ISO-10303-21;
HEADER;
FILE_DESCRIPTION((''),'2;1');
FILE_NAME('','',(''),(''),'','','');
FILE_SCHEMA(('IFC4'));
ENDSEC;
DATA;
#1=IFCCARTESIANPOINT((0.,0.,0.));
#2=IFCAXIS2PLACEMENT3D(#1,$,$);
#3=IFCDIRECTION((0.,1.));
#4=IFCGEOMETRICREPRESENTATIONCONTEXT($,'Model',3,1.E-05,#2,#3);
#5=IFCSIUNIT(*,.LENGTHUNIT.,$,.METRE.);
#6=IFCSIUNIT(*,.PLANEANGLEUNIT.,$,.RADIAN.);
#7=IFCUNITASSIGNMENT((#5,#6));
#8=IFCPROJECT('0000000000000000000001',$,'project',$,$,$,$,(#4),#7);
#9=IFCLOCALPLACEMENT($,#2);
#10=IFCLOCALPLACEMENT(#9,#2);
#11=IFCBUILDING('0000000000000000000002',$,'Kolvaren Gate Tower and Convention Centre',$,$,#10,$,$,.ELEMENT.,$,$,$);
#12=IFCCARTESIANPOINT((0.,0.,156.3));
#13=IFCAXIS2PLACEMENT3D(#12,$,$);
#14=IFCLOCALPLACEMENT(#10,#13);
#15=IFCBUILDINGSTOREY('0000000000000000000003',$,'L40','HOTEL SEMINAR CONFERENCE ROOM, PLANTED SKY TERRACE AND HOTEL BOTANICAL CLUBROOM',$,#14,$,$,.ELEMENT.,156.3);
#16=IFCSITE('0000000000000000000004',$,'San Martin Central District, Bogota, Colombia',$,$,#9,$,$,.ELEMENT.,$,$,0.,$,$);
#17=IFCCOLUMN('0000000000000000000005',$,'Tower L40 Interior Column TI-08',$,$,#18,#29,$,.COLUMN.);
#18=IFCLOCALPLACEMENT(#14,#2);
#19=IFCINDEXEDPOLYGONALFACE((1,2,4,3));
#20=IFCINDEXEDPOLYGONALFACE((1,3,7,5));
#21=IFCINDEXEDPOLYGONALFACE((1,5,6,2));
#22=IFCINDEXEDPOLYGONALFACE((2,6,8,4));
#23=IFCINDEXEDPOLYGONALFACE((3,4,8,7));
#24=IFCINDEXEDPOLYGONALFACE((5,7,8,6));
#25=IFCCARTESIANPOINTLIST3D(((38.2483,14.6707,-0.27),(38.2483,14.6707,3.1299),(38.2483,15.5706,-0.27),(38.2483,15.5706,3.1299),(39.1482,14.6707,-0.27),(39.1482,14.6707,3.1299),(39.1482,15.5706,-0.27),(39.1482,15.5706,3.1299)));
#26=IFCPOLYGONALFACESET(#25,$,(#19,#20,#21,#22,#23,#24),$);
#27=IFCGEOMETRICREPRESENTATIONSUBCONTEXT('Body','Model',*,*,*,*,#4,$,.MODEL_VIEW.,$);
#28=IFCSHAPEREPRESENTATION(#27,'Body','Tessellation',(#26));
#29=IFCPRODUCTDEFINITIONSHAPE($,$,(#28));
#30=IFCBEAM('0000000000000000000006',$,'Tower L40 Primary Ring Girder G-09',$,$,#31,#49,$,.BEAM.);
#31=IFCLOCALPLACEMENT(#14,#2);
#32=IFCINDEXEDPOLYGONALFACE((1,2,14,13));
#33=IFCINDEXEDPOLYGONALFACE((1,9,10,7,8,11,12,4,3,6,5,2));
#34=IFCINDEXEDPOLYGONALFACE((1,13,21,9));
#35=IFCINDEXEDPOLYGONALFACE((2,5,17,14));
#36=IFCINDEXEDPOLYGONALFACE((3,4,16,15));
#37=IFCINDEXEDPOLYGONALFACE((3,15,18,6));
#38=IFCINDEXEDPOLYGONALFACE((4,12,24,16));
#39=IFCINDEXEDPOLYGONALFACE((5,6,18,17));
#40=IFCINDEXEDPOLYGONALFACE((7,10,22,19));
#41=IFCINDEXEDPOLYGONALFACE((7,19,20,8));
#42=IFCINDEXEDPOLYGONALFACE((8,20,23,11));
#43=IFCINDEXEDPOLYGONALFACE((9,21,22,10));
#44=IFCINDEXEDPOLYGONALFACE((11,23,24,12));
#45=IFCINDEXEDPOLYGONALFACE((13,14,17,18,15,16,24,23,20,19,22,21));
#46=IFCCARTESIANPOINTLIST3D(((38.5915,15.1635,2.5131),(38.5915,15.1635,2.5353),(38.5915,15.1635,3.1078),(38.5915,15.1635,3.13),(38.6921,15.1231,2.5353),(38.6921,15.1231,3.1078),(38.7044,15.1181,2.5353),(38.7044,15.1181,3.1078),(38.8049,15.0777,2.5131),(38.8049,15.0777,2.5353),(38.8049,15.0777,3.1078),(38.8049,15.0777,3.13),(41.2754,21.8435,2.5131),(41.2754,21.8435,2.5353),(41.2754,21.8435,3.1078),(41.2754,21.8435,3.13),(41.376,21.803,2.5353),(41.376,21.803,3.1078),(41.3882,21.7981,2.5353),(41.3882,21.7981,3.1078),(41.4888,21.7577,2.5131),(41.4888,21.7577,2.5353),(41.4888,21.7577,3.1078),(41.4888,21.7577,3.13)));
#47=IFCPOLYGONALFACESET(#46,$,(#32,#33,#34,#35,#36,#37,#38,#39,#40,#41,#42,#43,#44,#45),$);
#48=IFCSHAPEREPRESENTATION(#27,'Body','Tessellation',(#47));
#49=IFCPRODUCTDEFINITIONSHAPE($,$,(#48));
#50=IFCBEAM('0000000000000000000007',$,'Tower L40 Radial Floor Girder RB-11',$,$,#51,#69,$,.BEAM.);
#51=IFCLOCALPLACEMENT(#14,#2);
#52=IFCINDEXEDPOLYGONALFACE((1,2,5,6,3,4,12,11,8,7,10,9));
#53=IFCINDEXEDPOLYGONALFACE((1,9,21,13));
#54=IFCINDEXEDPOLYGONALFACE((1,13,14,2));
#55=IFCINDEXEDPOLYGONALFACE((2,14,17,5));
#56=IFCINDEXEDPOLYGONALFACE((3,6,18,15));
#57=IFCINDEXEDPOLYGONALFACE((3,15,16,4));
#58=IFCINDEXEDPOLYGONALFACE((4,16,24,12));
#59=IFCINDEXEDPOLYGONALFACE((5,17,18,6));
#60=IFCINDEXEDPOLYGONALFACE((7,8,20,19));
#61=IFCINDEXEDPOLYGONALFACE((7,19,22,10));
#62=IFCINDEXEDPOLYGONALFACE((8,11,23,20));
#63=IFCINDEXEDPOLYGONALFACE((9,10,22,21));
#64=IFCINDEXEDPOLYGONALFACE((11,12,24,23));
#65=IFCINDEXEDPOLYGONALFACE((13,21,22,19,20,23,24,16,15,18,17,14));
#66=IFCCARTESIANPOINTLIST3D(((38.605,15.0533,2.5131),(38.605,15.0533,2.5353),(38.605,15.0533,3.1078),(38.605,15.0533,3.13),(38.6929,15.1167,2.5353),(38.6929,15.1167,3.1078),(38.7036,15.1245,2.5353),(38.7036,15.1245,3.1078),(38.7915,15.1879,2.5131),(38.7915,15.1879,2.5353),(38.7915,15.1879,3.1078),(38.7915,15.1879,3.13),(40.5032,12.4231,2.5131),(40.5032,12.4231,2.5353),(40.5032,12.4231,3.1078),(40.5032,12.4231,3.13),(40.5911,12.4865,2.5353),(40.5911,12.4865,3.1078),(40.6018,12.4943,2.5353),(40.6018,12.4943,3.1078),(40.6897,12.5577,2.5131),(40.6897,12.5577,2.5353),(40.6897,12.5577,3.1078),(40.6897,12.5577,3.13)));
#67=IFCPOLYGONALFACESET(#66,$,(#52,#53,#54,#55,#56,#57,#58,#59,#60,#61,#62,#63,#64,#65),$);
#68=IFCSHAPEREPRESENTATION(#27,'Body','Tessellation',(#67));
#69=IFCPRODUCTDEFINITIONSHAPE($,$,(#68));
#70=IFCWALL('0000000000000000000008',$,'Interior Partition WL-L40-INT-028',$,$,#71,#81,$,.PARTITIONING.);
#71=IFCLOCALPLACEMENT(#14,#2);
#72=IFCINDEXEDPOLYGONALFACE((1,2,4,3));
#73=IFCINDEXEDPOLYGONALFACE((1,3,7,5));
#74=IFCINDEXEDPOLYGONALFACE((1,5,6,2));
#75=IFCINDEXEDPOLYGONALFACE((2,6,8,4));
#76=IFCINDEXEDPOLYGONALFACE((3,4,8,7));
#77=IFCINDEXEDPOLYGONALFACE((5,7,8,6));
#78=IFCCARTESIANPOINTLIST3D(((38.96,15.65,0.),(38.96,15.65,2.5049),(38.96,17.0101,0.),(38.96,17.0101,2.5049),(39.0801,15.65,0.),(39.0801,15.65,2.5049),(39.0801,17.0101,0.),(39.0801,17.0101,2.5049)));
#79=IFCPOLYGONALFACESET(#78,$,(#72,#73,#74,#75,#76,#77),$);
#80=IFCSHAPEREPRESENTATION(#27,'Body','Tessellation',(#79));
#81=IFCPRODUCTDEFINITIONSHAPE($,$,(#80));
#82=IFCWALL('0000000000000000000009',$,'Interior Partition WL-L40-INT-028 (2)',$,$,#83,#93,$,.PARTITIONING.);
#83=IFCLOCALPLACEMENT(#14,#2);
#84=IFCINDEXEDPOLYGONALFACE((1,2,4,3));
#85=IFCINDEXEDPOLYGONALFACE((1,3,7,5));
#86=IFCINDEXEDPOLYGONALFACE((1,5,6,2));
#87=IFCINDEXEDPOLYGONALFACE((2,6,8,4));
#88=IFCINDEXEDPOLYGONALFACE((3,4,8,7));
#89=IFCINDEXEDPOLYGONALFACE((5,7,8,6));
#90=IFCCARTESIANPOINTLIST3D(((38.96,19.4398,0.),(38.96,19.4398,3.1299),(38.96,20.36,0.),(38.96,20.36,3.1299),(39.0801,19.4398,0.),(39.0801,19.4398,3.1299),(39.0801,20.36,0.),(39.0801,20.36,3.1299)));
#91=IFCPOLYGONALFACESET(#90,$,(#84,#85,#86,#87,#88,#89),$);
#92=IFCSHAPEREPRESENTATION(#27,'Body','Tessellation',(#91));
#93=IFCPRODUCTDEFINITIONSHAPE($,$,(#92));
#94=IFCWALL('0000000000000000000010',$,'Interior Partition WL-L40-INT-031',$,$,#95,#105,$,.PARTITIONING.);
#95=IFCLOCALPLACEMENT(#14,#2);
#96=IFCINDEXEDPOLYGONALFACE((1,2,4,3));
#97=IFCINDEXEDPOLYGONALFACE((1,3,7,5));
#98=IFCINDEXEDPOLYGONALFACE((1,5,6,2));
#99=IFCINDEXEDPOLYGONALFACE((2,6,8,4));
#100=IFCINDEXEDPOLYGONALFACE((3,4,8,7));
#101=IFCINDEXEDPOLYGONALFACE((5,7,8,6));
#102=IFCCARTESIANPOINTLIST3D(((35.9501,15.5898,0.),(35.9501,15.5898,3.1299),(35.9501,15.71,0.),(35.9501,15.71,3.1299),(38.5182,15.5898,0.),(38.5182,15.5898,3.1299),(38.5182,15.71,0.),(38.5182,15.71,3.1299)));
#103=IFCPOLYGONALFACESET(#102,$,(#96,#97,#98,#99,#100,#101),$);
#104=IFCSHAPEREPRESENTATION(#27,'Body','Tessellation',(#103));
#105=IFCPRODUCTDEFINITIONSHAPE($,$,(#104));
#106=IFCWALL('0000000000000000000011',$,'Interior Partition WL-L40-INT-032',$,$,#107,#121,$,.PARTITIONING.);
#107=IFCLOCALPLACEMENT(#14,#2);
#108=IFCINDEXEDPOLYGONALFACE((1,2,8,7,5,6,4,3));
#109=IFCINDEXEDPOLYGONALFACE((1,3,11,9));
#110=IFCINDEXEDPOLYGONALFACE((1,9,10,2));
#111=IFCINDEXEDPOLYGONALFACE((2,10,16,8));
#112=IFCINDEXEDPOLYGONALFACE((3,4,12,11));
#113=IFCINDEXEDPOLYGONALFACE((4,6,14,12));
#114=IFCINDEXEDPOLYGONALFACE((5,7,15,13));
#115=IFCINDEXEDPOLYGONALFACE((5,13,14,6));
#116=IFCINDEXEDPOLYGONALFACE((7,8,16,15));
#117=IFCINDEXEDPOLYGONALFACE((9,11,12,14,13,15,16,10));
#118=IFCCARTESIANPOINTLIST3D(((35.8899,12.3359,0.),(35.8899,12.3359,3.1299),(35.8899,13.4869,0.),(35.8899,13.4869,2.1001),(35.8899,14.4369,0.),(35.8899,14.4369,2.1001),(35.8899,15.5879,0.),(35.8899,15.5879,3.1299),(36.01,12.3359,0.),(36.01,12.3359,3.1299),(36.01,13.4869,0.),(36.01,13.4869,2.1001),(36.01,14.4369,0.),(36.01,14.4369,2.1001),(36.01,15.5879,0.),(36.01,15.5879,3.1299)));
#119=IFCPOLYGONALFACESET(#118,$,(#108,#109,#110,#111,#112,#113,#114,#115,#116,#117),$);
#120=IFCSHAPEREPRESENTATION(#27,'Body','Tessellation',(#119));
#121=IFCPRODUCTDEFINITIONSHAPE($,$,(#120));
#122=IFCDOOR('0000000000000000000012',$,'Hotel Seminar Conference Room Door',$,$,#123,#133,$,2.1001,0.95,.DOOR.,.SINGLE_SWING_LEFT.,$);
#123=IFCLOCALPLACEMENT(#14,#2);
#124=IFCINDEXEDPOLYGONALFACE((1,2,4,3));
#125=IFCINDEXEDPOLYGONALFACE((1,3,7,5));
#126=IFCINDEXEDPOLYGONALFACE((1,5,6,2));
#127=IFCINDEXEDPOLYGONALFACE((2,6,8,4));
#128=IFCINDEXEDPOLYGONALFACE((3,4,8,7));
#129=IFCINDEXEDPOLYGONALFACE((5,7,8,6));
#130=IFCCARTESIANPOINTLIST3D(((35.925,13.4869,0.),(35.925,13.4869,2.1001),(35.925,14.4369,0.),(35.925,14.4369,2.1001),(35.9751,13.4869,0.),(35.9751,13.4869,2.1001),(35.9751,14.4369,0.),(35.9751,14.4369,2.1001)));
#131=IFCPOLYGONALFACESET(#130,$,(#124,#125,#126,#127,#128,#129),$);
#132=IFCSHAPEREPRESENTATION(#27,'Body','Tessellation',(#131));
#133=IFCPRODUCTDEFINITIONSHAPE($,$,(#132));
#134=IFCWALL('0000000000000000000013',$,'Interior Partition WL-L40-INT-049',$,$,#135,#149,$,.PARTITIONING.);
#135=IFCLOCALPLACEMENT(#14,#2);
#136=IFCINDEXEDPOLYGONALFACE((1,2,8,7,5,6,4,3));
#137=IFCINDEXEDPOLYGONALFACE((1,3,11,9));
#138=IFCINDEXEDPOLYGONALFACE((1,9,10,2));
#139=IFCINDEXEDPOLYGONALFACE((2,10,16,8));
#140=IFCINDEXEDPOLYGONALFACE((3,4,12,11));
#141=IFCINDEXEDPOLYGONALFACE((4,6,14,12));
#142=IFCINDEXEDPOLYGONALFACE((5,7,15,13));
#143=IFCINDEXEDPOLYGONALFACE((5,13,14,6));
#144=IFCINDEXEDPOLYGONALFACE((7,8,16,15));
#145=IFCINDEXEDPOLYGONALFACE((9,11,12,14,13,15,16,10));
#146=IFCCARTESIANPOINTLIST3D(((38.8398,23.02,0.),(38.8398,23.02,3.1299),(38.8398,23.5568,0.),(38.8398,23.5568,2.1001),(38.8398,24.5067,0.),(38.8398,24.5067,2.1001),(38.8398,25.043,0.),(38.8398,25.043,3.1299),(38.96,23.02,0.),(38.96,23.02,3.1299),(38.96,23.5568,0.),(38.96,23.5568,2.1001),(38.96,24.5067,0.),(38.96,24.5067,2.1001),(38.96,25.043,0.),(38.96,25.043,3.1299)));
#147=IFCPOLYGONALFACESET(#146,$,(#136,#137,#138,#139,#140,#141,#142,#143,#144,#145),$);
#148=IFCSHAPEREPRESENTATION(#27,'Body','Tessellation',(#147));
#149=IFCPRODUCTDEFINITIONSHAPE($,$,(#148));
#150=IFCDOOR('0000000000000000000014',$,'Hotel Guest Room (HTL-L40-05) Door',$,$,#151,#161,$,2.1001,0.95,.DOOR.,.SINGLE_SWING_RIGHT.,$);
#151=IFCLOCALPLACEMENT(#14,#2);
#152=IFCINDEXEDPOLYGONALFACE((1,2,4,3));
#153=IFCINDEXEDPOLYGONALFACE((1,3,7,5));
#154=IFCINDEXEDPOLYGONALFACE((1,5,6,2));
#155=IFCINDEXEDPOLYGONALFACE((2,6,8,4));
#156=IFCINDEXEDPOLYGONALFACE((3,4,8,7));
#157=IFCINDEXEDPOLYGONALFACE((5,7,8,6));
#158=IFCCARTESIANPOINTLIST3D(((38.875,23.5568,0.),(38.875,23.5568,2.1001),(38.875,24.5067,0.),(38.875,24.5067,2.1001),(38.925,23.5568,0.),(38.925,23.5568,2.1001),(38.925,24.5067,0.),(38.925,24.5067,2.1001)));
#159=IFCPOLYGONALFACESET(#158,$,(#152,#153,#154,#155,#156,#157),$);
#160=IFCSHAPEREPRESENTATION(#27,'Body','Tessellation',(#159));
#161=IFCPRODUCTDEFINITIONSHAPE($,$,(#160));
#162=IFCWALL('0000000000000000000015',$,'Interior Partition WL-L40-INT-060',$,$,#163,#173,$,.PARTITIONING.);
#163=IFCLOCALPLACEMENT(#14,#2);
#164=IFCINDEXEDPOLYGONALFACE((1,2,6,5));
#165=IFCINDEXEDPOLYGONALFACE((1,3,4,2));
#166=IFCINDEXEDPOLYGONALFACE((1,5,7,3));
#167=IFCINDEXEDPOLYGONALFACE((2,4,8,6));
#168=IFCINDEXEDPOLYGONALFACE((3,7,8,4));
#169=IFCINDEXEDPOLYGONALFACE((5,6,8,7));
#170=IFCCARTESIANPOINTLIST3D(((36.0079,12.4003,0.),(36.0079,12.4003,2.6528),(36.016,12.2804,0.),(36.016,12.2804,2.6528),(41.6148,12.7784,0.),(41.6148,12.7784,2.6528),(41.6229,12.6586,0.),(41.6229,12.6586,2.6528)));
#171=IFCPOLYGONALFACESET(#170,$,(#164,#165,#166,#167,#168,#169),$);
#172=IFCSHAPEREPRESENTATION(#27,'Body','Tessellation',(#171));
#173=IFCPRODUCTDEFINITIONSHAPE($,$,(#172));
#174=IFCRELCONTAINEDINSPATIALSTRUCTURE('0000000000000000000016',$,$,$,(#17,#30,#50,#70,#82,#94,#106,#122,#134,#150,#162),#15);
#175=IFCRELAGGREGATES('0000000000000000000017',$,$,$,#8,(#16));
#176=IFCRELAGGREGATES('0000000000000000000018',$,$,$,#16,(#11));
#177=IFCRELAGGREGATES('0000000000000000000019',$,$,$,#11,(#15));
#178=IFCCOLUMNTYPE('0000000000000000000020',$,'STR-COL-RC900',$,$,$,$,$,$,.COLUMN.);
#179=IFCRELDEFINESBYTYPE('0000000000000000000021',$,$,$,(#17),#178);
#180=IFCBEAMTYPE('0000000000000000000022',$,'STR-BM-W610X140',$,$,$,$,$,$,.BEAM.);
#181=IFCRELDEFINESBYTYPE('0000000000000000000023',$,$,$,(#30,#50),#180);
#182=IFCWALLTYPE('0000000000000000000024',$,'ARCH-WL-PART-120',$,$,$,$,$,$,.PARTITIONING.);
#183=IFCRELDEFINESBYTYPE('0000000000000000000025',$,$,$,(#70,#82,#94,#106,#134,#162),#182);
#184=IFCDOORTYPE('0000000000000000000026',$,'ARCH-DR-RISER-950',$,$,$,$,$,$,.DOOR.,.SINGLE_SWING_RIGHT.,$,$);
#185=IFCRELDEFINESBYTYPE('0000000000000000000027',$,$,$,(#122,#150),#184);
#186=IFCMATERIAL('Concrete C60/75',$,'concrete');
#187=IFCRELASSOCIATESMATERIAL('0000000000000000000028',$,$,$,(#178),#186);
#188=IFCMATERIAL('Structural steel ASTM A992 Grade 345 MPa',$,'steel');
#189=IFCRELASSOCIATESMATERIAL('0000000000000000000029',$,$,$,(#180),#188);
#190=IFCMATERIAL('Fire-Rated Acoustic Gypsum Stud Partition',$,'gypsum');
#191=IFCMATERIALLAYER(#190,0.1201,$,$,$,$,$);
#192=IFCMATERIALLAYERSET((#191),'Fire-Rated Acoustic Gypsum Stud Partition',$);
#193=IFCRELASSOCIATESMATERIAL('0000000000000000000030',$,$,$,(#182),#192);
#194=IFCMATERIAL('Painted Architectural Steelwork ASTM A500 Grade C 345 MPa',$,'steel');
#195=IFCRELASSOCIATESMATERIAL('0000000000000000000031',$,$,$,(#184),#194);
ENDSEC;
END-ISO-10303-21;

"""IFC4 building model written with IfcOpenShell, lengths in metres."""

from ifc_helpers import new_model, si_unit, direction, frame, frame_2d, origin, origin_2d, place, context, subcontext, project, spatial, rectangle, i_section, extrude, material, layer, layer_set, material_profile, profile_set, type_object, element, fill, save


model = new_model("IFC4")

# Units and contexts
model_context = context("Model", 3, precision=1e-05, world=origin(), true_north=direction((0.0, 1.0)))
body_context = subcontext(model_context, "Body", "Model", "MODEL_VIEW")
ifc_project = project(units=[si_unit("LENGTHUNIT", "METRE"), si_unit("PLANEANGLEUNIT", "RADIAN")], contexts=[model_context])

# Site, building, storey
site_placement = place(None, origin())
site = spatial("IfcSite", under=ifc_project, at=site_placement, Name="San Martin Central District, Bogota, Colombia", CompositionType="ELEMENT", RefElevation=0.0)
building_placement = place(site_placement, origin())
building = spatial("IfcBuilding", under=site, at=building_placement, Name="Kolvaren Gate Tower and Convention Centre", CompositionType="ELEMENT")
storey_placement = place(building_placement, frame((0.0, 0.0, 156.3)))
storey = spatial("IfcBuildingStorey", under=building, at=storey_placement, Name="L40", Description="HOTEL SEMINAR CONFERENCE ROOM, PLANTED SKY TERRACE AND HOTEL BOTANICAL CLUBROOM", CompositionType="ELEMENT", Elevation=156.3)

# Column
ifc_material_1 = material(Name="Concrete C60/75", Category="concrete")
ifc_material_profile_1 = material_profile(ifc_material_1, rectangle(XDim=0.8999, YDim=0.8999, at=origin_2d()), Name="RC-COL-900X900")
ifc_profile_set_1 = profile_set([ifc_material_profile_1], Name="Concrete C60/75")
column_type = type_object("IfcColumnType", Name="STR-COL-RC900", PredefinedType="COLUMN", material=ifc_profile_set_1)
column_placement = place(storey_placement, frame((38.6982, 15.1206, -0.27), z_axis=(0.0, 0.0, 1.0), x_axis=(1.0, 0.0, 0.0)))
element("IfcColumn", 1, at=column_placement, inside=storey, type_object=column_type, Name="Tower L40 Interior Column TI-08", PredefinedType="COLUMN", context=body_context, shape_type="SweptSolid", body=[
    extrude(rectangle(XDim=0.8999, YDim=0.8999, at=origin_2d()), origin(), (0.0, 0.0, 1.0), 3.3999),
])

# Beams
ifc_material_2 = material(Name="Structural steel ASTM A992 Grade 345 MPa", Category="steel")
ifc_material_profile_2 = material_profile(ifc_material_2, i_section(OverallWidth=0.23, OverallDepth=0.6169, WebThickness=0.0132, FlangeThickness=0.0222, at=origin_2d()), Name="W610X140")
ifc_profile_set_2 = profile_set([ifc_material_profile_2], Name="Structural steel ASTM A992 Grade 345 MPa")
beam_type = type_object("IfcBeamType", Name="STR-BM-W610X140", PredefinedType="BEAM", material=ifc_profile_set_2)
beam_1_placement = place(storey_placement, frame((38.6982, 15.1206, 2.8215), z_axis=(0.372811, 0.927907, 0.0), x_axis=(-0.927907, 0.372811, 0.0)))
element("IfcBeam", 2, at=beam_1_placement, inside=storey, type_object=beam_type, Name="Tower L40 Primary Ring Girder G-09", PredefinedType="BEAM", context=body_context, shape_type="SweptSolid", body=[
    extrude(i_section(OverallWidth=0.23, OverallDepth=0.6169, WebThickness=0.0132, FlangeThickness=0.0222, at=origin_2d()), origin(), (0.0, 0.0, 1.0), 7.199),
])
beam_2_placement = place(storey_placement, frame((38.6982, 15.1206, 2.8215), z_axis=(0.585218, -0.810876, 0.0), x_axis=(0.810876, 0.585218, 0.0)))
element("IfcBeam", 3, at=beam_2_placement, inside=storey, type_object=beam_type, Name="Tower L40 Radial Floor Girder RB-11", PredefinedType="BEAM", context=body_context, shape_type="SweptSolid", body=[
    extrude(i_section(OverallWidth=0.23, OverallDepth=0.6169, WebThickness=0.0132, FlangeThickness=0.0222, at=origin_2d()), origin(), (0.0, 0.0, 1.0), 3.2437),
])

# Walls
ifc_material_3 = material(Name="Fire-Rated Acoustic Gypsum Stud Partition", Category="gypsum")
ifc_layer_1 = layer(ifc_material_3, 0.1201)
ifc_layer_set_1 = layer_set([ifc_layer_1], Name="Fire-Rated Acoustic Gypsum Stud Partition")
wall_type_1 = type_object("IfcWallType", Name="ARCH-WL-PART-120", PredefinedType="PARTITIONING", material=ifc_layer_set_1)
wall_1_placement = place(storey_placement, frame((39.02, 15.6499, 0.0), z_axis=(0.0, 0.0, 1.0), x_axis=(0.0, 1.0, 0.0)))
element("IfcWall", 4, at=wall_1_placement, inside=storey, type_object=wall_type_1, Name="Interior Partition WL-L40-INT-028", PredefinedType="PARTITIONING", context=body_context, shape_type="SweptSolid", body=[
    extrude(rectangle(XDim=1.3601, YDim=0.1201, at=frame_2d((0.6802, 0.0))), origin(), (0.0, 0.0, 1.0), 2.5049),
])
wall_2_placement = place(storey_placement, frame((39.02, 19.4399, 0.0), z_axis=(0.0, 0.0, 1.0), x_axis=(0.0, 1.0, 0.0)))
element("IfcWall", 5, at=wall_2_placement, inside=storey, type_object=wall_type_1, Name="Interior Partition WL-L40-INT-028 (2)", PredefinedType="PARTITIONING", context=body_context, shape_type="SweptSolid", body=[
    extrude(rectangle(XDim=0.9202, YDim=0.1201, at=frame_2d((0.46, 0.0))), origin(), (0.0, 0.0, 1.0), 3.1299),
])
wall_3_placement = place(storey_placement, frame((35.95, 15.6499, 0.0), z_axis=(0.0, 0.0, 1.0), x_axis=(1.0, 0.0, 0.0)))
element("IfcWall", 6, at=wall_3_placement, inside=storey, type_object=wall_type_1, Name="Interior Partition WL-L40-INT-031", PredefinedType="PARTITIONING", context=body_context, shape_type="SweptSolid", body=[
    extrude(rectangle(XDim=2.5681, YDim=0.1201, at=frame_2d((1.2842, 0.0))), origin(), (0.0, 0.0, 1.0), 3.1299),
])

# Walls, openings, doors
wall_4_placement = place(storey_placement, frame((35.95, 12.3359, 0.0), z_axis=(0.0, 0.0, 1.0), x_axis=(0.0, 1.0, 0.0)))
wall_4 = element("IfcWall", 7, at=wall_4_placement, inside=storey, type_object=wall_type_1, Name="Interior Partition WL-L40-INT-032", PredefinedType="PARTITIONING", context=body_context, shape_type="SweptSolid", body=[
    extrude(rectangle(XDim=3.252, YDim=0.1201, at=frame_2d((1.626, 0.0))), origin(), (0.0, 0.0, 1.0), 3.1299),
])
opening_1_placement = place(wall_4_placement, frame((1.1509, 0.0, 0.0)))
opening_1 = element("IfcOpeningElement", 8, at=opening_1_placement, cuts=wall_4, PredefinedType="OPENING", context=body_context, shape_type="SweptSolid", body=[
    extrude(rectangle(XDim=0.95, YDim=2.1001, at=frame_2d((0.4751, 1.05))), frame((0.0, 0.0701, 0.0), z_axis=(0.0, -1.0, 0.0), x_axis=(1.0, 0.0, 0.0)), (0.0, 0.0, 1.0), 0.1401),
])
ifc_material_4 = material(Name="Painted Architectural Steelwork ASTM A500 Grade C 345 MPa", Category="steel")
door_type_1 = type_object("IfcDoorType", Name="ARCH-DR-RISER-950", OperationType="SINGLE_SWING_RIGHT", PredefinedType="DOOR", material=ifc_material_4)
door_1_placement = place(opening_1_placement, origin())
door_1 = element("IfcDoor", 9, at=door_1_placement, inside=storey, type_object=door_type_1, Name="Hotel Seminar Conference Room Door", OperationType="SINGLE_SWING_LEFT", OverallHeight=2.1001, OverallWidth=0.95, PredefinedType="DOOR", context=body_context, shape_type="SweptSolid", body=[
    extrude(rectangle(XDim=0.95, YDim=2.1001, at=frame_2d((0.4751, 1.05))), frame((0.0, 0.0249, 0.0), z_axis=(0.0, -1.0, 0.0), x_axis=(1.0, 0.0, 0.0)), (0.0, 0.0, 1.0), 0.05),
])
fill(opening_1, door_1)
wall_5_placement = place(storey_placement, frame((38.8999, 23.02, 0.0), z_axis=(0.0, 0.0, 1.0), x_axis=(0.0, 1.0, 0.0)))
wall_5 = element("IfcWall", 10, at=wall_5_placement, inside=storey, type_object=wall_type_1, Name="Interior Partition WL-L40-INT-049", PredefinedType="PARTITIONING", context=body_context, shape_type="SweptSolid", body=[
    extrude(rectangle(XDim=2.0229, YDim=0.1201, at=frame_2d((1.0115, 0.0))), origin(), (0.0, 0.0, 1.0), 3.1299),
])
opening_2_placement = place(wall_5_placement, frame((0.5366, 0.0, 0.0)))
opening_2 = element("IfcOpeningElement", 11, at=opening_2_placement, cuts=wall_5, PredefinedType="OPENING", context=body_context, shape_type="SweptSolid", body=[
    extrude(rectangle(XDim=0.95, YDim=2.1001, at=frame_2d((0.4751, 1.05))), frame((0.0, 0.0701, 0.0), z_axis=(0.0, -1.0, 0.0), x_axis=(1.0, 0.0, 0.0)), (0.0, 0.0, 1.0), 0.1401),
])
door_2_placement = place(opening_2_placement, origin())
door_2 = element("IfcDoor", 12, at=door_2_placement, inside=storey, type_object=door_type_1, Name="Hotel Guest Room (HTL-L40-05) Door", OperationType="SINGLE_SWING_RIGHT", OverallHeight=2.1001, OverallWidth=0.95, PredefinedType="DOOR", context=body_context, shape_type="SweptSolid", body=[
    extrude(rectangle(XDim=0.95, YDim=2.1001, at=frame_2d((0.4751, 1.05))), frame((0.0, 0.0249, 0.0), z_axis=(0.0, -1.0, 0.0), x_axis=(1.0, 0.0, 0.0)), (0.0, 0.0, 1.0), 0.05),
])
fill(opening_2, door_2)

# Wall
wall_6_placement = place(storey_placement, frame((36.012, 12.3403, 0.0), z_axis=(0.0, 0.0, 1.0), x_axis=(0.997733, 0.067295, 0.0)))
element("IfcWall", 13, at=wall_6_placement, inside=storey, type_object=wall_type_1, Name="Interior Partition WL-L40-INT-060", PredefinedType="PARTITIONING", context=body_context, shape_type="SweptSolid", body=[
    extrude(rectangle(XDim=5.6196, YDim=0.1201, at=frame_2d((2.8098, 0.0))), origin(), (0.0, 0.0, 1.0), 2.6528),
])

save(model, "model.ifc")
